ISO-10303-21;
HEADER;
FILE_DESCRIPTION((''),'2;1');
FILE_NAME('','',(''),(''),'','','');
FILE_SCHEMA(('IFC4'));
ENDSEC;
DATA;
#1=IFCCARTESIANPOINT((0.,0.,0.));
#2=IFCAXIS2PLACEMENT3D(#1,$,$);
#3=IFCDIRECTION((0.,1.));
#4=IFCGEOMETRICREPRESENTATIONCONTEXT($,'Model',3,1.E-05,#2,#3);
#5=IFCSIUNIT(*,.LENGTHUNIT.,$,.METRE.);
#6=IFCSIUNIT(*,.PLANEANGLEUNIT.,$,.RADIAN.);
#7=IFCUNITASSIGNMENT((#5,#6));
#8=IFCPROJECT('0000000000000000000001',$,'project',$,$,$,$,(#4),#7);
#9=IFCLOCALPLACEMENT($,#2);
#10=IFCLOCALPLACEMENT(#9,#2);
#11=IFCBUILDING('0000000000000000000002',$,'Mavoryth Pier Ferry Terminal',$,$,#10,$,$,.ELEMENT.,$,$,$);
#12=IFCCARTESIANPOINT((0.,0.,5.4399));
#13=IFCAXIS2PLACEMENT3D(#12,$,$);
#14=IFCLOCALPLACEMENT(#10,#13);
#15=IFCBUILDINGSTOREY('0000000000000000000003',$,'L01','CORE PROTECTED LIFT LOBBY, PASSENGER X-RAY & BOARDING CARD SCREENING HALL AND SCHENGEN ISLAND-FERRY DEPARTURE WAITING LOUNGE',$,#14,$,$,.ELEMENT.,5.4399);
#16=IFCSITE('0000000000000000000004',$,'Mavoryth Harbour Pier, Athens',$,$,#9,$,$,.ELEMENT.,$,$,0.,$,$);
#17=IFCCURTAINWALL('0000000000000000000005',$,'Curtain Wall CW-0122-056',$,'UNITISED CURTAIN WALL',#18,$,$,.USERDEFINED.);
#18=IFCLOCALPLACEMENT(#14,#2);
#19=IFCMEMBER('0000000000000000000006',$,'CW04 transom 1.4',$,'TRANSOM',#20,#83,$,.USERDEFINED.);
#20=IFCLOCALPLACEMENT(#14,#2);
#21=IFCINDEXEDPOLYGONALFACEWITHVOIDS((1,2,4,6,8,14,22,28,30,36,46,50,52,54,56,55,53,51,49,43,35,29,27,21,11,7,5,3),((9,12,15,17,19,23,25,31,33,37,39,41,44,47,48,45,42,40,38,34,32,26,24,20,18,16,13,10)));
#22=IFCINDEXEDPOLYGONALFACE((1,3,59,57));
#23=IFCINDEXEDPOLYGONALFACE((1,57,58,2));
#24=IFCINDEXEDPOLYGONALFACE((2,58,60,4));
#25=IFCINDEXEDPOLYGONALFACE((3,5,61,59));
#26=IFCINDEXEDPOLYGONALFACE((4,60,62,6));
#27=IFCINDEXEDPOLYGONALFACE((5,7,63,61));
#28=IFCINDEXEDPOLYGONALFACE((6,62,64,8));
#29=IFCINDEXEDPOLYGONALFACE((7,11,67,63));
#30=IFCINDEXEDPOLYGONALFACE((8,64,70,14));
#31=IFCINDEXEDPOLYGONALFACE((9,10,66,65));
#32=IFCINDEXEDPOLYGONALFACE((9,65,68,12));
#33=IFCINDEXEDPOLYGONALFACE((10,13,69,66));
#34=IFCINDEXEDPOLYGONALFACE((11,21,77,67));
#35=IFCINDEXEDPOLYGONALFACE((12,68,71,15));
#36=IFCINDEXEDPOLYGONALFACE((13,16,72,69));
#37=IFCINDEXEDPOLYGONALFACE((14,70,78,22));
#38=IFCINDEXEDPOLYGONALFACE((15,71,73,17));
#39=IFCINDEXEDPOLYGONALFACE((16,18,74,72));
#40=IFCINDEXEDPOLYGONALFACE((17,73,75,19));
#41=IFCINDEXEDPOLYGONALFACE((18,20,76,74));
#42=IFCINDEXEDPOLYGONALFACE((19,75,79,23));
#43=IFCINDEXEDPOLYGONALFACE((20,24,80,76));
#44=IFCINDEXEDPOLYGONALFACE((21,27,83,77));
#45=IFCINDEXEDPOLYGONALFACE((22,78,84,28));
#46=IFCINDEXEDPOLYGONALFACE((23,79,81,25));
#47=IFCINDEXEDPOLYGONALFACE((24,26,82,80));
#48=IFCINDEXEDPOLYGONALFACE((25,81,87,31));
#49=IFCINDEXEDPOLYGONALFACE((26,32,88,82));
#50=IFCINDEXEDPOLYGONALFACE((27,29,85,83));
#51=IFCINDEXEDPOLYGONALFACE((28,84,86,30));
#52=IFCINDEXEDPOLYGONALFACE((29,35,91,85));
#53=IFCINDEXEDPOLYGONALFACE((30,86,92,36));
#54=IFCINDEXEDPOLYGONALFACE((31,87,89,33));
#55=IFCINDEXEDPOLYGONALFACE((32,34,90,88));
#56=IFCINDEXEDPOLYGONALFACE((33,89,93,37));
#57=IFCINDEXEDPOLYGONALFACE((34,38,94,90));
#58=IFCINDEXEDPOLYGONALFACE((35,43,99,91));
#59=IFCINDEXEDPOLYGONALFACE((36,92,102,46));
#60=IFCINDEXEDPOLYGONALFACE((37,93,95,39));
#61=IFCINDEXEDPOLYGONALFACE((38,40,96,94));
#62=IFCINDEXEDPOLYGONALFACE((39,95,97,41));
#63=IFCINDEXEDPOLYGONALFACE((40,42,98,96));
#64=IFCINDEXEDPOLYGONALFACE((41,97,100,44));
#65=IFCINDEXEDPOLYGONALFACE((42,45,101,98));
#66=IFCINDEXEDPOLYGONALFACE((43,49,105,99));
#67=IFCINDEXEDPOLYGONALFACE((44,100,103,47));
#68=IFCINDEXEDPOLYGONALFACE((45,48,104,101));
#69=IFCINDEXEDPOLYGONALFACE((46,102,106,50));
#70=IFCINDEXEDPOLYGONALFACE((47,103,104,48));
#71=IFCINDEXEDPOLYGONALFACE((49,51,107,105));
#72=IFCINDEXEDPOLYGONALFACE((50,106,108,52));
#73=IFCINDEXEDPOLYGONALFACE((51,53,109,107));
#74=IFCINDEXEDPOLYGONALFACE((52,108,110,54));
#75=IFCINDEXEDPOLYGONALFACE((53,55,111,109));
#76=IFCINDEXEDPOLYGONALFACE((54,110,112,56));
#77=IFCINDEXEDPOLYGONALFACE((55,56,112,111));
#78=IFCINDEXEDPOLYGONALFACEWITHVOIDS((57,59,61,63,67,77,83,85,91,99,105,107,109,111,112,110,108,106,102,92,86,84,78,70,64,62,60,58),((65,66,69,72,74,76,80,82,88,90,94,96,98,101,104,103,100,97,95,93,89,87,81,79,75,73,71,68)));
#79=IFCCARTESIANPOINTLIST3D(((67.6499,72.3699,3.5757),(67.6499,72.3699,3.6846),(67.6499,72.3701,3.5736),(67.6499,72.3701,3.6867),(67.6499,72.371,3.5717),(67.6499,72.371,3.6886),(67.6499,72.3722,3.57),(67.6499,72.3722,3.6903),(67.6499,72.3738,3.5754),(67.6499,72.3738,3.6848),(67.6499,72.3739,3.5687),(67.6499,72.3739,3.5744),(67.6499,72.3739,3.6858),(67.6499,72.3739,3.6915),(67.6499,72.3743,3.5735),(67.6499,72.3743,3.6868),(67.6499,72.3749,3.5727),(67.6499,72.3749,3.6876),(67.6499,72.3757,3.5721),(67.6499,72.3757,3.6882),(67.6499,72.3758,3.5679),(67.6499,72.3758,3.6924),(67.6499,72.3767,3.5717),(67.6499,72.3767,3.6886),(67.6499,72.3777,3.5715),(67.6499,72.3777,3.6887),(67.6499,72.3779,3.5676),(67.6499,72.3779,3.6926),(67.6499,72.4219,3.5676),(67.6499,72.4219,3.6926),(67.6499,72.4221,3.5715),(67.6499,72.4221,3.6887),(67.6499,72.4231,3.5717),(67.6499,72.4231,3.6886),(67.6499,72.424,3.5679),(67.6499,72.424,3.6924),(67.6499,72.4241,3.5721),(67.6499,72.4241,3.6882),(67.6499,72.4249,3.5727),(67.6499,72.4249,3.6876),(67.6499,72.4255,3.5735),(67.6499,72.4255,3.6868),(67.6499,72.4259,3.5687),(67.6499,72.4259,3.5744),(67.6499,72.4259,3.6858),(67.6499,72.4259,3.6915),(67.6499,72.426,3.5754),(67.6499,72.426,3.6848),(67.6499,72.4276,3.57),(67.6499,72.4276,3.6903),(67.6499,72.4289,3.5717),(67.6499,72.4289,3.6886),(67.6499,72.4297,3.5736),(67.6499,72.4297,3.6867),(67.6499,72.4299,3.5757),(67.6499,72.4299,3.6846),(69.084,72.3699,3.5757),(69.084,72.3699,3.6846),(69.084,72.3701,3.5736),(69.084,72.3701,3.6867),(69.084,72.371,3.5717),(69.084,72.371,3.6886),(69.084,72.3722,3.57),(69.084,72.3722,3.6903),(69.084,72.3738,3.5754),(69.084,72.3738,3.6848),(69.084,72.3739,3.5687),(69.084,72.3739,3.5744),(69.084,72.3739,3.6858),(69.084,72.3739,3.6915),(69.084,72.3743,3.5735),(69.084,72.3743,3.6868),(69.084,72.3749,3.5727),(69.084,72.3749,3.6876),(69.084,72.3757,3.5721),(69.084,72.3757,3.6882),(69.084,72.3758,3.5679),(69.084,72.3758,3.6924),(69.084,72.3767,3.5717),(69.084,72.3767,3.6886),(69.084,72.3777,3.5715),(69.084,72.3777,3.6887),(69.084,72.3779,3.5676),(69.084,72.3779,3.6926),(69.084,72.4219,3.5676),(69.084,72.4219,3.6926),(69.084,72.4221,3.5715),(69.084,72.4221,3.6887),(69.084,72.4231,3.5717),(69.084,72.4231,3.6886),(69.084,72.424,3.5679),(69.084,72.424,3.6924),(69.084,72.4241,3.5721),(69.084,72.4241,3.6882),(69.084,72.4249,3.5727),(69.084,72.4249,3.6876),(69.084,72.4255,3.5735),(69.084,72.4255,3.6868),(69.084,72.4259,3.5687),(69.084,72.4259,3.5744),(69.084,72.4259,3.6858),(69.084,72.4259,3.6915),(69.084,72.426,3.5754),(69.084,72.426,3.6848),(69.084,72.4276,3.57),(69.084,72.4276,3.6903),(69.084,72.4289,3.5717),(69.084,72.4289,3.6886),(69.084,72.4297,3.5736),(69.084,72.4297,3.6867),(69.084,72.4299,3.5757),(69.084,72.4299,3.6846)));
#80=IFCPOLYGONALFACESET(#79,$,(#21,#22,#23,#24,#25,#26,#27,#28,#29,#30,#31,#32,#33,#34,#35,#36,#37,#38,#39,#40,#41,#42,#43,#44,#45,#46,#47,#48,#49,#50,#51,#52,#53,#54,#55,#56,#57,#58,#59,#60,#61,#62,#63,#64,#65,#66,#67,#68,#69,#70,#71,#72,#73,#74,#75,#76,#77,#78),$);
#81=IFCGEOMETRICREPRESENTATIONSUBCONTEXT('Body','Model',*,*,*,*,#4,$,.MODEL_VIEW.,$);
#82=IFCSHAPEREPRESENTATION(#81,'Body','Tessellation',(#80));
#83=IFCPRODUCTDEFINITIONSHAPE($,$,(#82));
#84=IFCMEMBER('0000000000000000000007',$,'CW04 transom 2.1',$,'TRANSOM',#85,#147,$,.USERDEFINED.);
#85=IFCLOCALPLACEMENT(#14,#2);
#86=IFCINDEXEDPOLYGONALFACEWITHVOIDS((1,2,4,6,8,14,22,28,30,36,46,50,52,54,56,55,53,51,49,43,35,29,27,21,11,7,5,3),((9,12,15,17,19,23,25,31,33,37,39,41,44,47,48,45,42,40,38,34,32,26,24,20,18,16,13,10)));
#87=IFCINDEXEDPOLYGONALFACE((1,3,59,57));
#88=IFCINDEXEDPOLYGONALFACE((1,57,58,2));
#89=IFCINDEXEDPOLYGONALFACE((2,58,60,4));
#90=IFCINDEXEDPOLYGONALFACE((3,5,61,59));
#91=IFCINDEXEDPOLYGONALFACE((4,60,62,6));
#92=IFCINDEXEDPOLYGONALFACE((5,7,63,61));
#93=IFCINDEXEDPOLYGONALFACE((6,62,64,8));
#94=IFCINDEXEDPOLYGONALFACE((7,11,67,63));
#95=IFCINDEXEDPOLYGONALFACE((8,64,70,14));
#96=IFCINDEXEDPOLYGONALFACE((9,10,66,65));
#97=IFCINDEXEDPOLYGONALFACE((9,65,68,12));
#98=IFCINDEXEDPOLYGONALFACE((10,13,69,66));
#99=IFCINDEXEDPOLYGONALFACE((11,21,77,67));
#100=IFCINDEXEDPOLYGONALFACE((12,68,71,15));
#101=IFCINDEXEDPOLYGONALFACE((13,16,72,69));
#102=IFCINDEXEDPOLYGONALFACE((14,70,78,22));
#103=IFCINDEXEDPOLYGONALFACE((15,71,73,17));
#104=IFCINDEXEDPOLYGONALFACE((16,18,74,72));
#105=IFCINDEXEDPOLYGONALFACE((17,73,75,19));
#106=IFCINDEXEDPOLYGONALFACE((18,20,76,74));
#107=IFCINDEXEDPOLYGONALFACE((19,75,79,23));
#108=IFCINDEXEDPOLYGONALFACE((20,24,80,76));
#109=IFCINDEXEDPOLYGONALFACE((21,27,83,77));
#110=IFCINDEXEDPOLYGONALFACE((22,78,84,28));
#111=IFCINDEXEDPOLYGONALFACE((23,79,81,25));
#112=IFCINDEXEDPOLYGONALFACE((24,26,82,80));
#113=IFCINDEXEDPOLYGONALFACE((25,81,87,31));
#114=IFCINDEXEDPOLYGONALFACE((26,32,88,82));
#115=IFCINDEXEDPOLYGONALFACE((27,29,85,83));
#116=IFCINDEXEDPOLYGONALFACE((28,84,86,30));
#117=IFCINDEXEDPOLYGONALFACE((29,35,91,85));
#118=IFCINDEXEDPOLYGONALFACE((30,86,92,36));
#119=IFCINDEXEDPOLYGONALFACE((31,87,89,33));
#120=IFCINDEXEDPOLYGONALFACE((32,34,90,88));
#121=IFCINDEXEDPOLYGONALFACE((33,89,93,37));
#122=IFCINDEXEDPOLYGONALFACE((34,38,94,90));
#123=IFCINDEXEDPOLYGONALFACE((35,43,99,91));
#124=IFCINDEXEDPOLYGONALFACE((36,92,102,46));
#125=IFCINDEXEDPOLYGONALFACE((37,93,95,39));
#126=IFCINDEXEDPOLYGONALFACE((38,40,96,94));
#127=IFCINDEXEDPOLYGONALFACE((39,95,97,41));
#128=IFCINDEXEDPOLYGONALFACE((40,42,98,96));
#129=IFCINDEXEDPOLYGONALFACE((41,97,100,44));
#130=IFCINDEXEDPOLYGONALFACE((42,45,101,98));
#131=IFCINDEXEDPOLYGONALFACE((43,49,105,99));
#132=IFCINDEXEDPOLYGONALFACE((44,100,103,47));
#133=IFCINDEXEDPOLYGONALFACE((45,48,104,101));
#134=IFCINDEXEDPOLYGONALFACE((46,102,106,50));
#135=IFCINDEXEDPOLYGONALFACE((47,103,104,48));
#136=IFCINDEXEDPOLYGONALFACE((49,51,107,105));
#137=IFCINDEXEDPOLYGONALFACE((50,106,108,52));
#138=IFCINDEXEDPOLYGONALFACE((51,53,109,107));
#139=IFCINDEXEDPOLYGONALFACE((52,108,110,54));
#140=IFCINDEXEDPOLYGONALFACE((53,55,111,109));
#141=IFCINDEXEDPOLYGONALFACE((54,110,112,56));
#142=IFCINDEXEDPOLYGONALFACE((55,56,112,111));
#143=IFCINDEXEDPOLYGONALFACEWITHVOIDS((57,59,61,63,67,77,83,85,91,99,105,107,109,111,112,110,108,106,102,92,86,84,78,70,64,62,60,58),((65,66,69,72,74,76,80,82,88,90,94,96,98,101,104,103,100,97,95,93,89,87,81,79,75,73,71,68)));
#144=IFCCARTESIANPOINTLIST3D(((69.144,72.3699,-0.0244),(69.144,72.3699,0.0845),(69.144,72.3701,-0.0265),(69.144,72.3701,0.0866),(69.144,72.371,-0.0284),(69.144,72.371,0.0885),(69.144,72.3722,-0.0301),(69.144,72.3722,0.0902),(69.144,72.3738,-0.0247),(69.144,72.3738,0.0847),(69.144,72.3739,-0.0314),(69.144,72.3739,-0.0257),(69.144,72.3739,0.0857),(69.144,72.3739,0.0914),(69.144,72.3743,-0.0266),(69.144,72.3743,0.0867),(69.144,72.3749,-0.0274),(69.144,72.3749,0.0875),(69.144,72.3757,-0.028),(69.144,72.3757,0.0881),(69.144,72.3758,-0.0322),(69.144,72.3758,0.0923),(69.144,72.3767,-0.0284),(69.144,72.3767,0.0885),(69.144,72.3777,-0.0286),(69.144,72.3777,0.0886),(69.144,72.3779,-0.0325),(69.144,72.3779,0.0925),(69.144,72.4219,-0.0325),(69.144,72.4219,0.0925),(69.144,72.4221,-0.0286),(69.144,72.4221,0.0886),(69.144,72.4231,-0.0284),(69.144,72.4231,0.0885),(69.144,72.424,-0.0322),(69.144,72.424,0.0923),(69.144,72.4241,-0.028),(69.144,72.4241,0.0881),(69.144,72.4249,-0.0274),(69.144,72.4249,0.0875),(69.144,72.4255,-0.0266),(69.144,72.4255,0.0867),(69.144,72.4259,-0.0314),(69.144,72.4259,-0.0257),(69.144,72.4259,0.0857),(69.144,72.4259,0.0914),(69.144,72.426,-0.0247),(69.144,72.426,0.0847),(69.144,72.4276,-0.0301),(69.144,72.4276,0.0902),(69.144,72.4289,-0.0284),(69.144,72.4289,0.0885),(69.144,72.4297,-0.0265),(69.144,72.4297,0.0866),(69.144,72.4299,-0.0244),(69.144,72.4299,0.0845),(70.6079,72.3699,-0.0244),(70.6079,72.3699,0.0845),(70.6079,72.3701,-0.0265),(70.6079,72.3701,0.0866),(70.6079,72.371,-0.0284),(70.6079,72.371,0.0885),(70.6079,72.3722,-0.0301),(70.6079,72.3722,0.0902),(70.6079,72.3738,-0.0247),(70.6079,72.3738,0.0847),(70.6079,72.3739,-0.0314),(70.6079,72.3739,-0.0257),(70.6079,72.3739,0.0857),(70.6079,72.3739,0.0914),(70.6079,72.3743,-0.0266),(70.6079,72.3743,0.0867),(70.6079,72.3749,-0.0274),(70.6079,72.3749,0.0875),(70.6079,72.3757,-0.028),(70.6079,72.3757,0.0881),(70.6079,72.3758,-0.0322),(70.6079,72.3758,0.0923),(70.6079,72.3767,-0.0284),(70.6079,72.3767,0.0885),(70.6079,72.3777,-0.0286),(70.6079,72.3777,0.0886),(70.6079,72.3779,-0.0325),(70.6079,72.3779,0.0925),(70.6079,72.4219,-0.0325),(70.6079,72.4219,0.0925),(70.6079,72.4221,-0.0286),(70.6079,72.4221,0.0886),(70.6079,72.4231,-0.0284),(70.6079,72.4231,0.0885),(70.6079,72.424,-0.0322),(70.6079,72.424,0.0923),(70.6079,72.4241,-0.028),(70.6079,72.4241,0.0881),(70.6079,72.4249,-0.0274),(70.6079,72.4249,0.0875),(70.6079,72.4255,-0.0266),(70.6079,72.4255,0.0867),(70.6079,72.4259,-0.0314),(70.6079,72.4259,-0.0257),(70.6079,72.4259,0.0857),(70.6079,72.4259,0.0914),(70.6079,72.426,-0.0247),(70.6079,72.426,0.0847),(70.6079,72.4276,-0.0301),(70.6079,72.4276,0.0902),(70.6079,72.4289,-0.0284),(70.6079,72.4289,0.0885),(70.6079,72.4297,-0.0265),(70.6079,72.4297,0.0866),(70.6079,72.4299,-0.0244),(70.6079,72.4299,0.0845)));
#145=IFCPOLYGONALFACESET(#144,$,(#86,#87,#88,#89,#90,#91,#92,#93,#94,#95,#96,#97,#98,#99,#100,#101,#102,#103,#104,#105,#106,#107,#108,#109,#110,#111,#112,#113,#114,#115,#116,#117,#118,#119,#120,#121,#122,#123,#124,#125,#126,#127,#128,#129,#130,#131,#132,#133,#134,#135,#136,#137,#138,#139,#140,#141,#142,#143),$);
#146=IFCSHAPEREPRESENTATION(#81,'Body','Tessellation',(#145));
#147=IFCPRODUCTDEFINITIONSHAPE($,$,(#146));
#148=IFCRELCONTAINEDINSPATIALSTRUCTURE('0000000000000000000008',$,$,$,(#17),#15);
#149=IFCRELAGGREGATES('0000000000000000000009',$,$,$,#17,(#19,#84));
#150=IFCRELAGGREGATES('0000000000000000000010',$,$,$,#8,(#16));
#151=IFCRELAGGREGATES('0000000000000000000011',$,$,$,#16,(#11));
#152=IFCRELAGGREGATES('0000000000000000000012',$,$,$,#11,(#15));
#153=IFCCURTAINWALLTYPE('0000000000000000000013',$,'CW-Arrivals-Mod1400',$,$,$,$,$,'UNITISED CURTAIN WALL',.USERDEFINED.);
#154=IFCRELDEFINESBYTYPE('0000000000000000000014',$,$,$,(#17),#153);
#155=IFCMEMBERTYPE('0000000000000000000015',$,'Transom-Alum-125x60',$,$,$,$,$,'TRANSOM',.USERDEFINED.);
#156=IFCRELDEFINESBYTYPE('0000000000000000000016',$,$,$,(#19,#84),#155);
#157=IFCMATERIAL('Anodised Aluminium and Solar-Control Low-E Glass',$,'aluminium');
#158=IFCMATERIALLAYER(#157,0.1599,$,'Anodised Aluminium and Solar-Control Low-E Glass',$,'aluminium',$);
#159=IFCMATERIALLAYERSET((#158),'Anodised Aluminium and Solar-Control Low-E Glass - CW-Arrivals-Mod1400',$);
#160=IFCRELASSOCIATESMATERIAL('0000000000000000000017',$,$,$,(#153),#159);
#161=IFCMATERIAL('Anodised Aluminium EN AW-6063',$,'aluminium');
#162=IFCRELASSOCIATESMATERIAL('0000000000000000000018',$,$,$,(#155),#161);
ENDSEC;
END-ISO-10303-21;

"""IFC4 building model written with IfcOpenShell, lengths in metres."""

from ifc_helpers import new_model, si_unit, direction, frame, origin, origin_2d, place, context, subcontext, project, spatial, hollow_rectangle, extrude, material, layer, layer_set, material_profile, profile_set, type_object, element, aggregate, save


model = new_model("IFC4")

# Units and contexts
model_context = context("Model", 3, precision=1e-05, world=origin(), true_north=direction((0.0, 1.0)))
body_context = subcontext(model_context, "Body", "Model", "MODEL_VIEW")
ifc_project = project(units=[si_unit("LENGTHUNIT", "METRE"), si_unit("PLANEANGLEUNIT", "RADIAN")], contexts=[model_context])

# Site, building, storey
site_placement = place(None, origin())
site = spatial("IfcSite", under=ifc_project, at=site_placement, Name="Mavoryth Harbour Pier, Athens", CompositionType="ELEMENT", RefElevation=0.0)
building_placement = place(site_placement, origin())
building = spatial("IfcBuilding", under=site, at=building_placement, Name="Mavoryth Pier Ferry Terminal", CompositionType="ELEMENT")
storey_placement = place(building_placement, frame((0.0, 0.0, 5.4399)))
storey = spatial("IfcBuildingStorey", under=building, at=storey_placement, Name="L01", Description="CORE PROTECTED LIFT LOBBY, PASSENGER X-RAY & BOARDING CARD SCREENING HALL AND SCHENGEN ISLAND-FERRY DEPARTURE WAITING LOUNGE", CompositionType="ELEMENT", Elevation=5.4399)

# Curtain wall, members
ifc_material_1 = material(Name="Anodised Aluminium and Solar-Control Low-E Glass", Category="aluminium")
ifc_layer_1 = layer(ifc_material_1, 0.1599, Name="Anodised Aluminium and Solar-Control Low-E Glass", Category="aluminium")
ifc_layer_set_1 = layer_set([ifc_layer_1], Name="Anodised Aluminium and Solar-Control Low-E Glass - CW-Arrivals-Mod1400")
curtain_wall_type = type_object("IfcCurtainWallType", Name="CW-Arrivals-Mod1400", ElementType="UNITISED CURTAIN WALL", PredefinedType="USERDEFINED", material=ifc_layer_set_1)
curtain_wall_placement = place(storey_placement, origin())
curtain_wall = element("IfcCurtainWall", 1, at=curtain_wall_placement, inside=storey, type_object=curtain_wall_type, Name="Curtain Wall CW-0122-056", ObjectType="UNITISED CURTAIN WALL", PredefinedType="USERDEFINED")
ifc_material_2 = material(Name="Anodised Aluminium EN AW-6063", Category="aluminium")
ifc_material_profile_1 = material_profile(ifc_material_2, hollow_rectangle(XDim=0.0601, YDim=0.125, WallThickness=0.0039, InnerFilletRadius=0.0039, OuterFilletRadius=0.0081, at=origin_2d()), Name="AL-TRAN 125x60x4", Category="aluminium")
ifc_profile_set_1 = profile_set([ifc_material_profile_1], Name="Anodised Aluminium EN AW-6063 - AL-TRAN 125x60x4")
member_type_1 = type_object("IfcMemberType", Name="Transom-Alum-125x60", ElementType="TRANSOM", PredefinedType="USERDEFINED", material=ifc_profile_set_1)
member_1_placement = place(storey_placement, frame((67.6499, 72.3999, 3.6301), z_axis=(1.0, 0.0, 0.0), x_axis=(0.0, 1.0, 0.0)))
member_1 = element("IfcMember", 2, at=member_1_placement, type_object=member_type_1, Name="CW04 transom 1.4", ObjectType="TRANSOM", PredefinedType="USERDEFINED", context=body_context, shape_type="SweptSolid", body=[
    extrude(hollow_rectangle(XDim=0.0601, YDim=0.125, WallThickness=0.0039, InnerFilletRadius=0.0039, OuterFilletRadius=0.0081, at=origin_2d()), origin(), (0.0, 0.0, 1.0), 1.4341),
])
member_2_placement = place(storey_placement, frame((69.144, 72.3999, 0.03), z_axis=(1.0, 0.0, 0.0), x_axis=(0.0, 1.0, 0.0)))
member_2 = element("IfcMember", 3, at=member_2_placement, type_object=member_type_1, Name="CW04 transom 2.1", ObjectType="TRANSOM", PredefinedType="USERDEFINED", context=body_context, shape_type="SweptSolid", body=[
    extrude(hollow_rectangle(XDim=0.0601, YDim=0.125, WallThickness=0.0039, InnerFilletRadius=0.0039, OuterFilletRadius=0.0081, at=origin_2d()), origin(), (0.0, 0.0, 1.0), 1.4639),
])
aggregate(curtain_wall, [member_1, member_2])

save(model, "model.ifc")
